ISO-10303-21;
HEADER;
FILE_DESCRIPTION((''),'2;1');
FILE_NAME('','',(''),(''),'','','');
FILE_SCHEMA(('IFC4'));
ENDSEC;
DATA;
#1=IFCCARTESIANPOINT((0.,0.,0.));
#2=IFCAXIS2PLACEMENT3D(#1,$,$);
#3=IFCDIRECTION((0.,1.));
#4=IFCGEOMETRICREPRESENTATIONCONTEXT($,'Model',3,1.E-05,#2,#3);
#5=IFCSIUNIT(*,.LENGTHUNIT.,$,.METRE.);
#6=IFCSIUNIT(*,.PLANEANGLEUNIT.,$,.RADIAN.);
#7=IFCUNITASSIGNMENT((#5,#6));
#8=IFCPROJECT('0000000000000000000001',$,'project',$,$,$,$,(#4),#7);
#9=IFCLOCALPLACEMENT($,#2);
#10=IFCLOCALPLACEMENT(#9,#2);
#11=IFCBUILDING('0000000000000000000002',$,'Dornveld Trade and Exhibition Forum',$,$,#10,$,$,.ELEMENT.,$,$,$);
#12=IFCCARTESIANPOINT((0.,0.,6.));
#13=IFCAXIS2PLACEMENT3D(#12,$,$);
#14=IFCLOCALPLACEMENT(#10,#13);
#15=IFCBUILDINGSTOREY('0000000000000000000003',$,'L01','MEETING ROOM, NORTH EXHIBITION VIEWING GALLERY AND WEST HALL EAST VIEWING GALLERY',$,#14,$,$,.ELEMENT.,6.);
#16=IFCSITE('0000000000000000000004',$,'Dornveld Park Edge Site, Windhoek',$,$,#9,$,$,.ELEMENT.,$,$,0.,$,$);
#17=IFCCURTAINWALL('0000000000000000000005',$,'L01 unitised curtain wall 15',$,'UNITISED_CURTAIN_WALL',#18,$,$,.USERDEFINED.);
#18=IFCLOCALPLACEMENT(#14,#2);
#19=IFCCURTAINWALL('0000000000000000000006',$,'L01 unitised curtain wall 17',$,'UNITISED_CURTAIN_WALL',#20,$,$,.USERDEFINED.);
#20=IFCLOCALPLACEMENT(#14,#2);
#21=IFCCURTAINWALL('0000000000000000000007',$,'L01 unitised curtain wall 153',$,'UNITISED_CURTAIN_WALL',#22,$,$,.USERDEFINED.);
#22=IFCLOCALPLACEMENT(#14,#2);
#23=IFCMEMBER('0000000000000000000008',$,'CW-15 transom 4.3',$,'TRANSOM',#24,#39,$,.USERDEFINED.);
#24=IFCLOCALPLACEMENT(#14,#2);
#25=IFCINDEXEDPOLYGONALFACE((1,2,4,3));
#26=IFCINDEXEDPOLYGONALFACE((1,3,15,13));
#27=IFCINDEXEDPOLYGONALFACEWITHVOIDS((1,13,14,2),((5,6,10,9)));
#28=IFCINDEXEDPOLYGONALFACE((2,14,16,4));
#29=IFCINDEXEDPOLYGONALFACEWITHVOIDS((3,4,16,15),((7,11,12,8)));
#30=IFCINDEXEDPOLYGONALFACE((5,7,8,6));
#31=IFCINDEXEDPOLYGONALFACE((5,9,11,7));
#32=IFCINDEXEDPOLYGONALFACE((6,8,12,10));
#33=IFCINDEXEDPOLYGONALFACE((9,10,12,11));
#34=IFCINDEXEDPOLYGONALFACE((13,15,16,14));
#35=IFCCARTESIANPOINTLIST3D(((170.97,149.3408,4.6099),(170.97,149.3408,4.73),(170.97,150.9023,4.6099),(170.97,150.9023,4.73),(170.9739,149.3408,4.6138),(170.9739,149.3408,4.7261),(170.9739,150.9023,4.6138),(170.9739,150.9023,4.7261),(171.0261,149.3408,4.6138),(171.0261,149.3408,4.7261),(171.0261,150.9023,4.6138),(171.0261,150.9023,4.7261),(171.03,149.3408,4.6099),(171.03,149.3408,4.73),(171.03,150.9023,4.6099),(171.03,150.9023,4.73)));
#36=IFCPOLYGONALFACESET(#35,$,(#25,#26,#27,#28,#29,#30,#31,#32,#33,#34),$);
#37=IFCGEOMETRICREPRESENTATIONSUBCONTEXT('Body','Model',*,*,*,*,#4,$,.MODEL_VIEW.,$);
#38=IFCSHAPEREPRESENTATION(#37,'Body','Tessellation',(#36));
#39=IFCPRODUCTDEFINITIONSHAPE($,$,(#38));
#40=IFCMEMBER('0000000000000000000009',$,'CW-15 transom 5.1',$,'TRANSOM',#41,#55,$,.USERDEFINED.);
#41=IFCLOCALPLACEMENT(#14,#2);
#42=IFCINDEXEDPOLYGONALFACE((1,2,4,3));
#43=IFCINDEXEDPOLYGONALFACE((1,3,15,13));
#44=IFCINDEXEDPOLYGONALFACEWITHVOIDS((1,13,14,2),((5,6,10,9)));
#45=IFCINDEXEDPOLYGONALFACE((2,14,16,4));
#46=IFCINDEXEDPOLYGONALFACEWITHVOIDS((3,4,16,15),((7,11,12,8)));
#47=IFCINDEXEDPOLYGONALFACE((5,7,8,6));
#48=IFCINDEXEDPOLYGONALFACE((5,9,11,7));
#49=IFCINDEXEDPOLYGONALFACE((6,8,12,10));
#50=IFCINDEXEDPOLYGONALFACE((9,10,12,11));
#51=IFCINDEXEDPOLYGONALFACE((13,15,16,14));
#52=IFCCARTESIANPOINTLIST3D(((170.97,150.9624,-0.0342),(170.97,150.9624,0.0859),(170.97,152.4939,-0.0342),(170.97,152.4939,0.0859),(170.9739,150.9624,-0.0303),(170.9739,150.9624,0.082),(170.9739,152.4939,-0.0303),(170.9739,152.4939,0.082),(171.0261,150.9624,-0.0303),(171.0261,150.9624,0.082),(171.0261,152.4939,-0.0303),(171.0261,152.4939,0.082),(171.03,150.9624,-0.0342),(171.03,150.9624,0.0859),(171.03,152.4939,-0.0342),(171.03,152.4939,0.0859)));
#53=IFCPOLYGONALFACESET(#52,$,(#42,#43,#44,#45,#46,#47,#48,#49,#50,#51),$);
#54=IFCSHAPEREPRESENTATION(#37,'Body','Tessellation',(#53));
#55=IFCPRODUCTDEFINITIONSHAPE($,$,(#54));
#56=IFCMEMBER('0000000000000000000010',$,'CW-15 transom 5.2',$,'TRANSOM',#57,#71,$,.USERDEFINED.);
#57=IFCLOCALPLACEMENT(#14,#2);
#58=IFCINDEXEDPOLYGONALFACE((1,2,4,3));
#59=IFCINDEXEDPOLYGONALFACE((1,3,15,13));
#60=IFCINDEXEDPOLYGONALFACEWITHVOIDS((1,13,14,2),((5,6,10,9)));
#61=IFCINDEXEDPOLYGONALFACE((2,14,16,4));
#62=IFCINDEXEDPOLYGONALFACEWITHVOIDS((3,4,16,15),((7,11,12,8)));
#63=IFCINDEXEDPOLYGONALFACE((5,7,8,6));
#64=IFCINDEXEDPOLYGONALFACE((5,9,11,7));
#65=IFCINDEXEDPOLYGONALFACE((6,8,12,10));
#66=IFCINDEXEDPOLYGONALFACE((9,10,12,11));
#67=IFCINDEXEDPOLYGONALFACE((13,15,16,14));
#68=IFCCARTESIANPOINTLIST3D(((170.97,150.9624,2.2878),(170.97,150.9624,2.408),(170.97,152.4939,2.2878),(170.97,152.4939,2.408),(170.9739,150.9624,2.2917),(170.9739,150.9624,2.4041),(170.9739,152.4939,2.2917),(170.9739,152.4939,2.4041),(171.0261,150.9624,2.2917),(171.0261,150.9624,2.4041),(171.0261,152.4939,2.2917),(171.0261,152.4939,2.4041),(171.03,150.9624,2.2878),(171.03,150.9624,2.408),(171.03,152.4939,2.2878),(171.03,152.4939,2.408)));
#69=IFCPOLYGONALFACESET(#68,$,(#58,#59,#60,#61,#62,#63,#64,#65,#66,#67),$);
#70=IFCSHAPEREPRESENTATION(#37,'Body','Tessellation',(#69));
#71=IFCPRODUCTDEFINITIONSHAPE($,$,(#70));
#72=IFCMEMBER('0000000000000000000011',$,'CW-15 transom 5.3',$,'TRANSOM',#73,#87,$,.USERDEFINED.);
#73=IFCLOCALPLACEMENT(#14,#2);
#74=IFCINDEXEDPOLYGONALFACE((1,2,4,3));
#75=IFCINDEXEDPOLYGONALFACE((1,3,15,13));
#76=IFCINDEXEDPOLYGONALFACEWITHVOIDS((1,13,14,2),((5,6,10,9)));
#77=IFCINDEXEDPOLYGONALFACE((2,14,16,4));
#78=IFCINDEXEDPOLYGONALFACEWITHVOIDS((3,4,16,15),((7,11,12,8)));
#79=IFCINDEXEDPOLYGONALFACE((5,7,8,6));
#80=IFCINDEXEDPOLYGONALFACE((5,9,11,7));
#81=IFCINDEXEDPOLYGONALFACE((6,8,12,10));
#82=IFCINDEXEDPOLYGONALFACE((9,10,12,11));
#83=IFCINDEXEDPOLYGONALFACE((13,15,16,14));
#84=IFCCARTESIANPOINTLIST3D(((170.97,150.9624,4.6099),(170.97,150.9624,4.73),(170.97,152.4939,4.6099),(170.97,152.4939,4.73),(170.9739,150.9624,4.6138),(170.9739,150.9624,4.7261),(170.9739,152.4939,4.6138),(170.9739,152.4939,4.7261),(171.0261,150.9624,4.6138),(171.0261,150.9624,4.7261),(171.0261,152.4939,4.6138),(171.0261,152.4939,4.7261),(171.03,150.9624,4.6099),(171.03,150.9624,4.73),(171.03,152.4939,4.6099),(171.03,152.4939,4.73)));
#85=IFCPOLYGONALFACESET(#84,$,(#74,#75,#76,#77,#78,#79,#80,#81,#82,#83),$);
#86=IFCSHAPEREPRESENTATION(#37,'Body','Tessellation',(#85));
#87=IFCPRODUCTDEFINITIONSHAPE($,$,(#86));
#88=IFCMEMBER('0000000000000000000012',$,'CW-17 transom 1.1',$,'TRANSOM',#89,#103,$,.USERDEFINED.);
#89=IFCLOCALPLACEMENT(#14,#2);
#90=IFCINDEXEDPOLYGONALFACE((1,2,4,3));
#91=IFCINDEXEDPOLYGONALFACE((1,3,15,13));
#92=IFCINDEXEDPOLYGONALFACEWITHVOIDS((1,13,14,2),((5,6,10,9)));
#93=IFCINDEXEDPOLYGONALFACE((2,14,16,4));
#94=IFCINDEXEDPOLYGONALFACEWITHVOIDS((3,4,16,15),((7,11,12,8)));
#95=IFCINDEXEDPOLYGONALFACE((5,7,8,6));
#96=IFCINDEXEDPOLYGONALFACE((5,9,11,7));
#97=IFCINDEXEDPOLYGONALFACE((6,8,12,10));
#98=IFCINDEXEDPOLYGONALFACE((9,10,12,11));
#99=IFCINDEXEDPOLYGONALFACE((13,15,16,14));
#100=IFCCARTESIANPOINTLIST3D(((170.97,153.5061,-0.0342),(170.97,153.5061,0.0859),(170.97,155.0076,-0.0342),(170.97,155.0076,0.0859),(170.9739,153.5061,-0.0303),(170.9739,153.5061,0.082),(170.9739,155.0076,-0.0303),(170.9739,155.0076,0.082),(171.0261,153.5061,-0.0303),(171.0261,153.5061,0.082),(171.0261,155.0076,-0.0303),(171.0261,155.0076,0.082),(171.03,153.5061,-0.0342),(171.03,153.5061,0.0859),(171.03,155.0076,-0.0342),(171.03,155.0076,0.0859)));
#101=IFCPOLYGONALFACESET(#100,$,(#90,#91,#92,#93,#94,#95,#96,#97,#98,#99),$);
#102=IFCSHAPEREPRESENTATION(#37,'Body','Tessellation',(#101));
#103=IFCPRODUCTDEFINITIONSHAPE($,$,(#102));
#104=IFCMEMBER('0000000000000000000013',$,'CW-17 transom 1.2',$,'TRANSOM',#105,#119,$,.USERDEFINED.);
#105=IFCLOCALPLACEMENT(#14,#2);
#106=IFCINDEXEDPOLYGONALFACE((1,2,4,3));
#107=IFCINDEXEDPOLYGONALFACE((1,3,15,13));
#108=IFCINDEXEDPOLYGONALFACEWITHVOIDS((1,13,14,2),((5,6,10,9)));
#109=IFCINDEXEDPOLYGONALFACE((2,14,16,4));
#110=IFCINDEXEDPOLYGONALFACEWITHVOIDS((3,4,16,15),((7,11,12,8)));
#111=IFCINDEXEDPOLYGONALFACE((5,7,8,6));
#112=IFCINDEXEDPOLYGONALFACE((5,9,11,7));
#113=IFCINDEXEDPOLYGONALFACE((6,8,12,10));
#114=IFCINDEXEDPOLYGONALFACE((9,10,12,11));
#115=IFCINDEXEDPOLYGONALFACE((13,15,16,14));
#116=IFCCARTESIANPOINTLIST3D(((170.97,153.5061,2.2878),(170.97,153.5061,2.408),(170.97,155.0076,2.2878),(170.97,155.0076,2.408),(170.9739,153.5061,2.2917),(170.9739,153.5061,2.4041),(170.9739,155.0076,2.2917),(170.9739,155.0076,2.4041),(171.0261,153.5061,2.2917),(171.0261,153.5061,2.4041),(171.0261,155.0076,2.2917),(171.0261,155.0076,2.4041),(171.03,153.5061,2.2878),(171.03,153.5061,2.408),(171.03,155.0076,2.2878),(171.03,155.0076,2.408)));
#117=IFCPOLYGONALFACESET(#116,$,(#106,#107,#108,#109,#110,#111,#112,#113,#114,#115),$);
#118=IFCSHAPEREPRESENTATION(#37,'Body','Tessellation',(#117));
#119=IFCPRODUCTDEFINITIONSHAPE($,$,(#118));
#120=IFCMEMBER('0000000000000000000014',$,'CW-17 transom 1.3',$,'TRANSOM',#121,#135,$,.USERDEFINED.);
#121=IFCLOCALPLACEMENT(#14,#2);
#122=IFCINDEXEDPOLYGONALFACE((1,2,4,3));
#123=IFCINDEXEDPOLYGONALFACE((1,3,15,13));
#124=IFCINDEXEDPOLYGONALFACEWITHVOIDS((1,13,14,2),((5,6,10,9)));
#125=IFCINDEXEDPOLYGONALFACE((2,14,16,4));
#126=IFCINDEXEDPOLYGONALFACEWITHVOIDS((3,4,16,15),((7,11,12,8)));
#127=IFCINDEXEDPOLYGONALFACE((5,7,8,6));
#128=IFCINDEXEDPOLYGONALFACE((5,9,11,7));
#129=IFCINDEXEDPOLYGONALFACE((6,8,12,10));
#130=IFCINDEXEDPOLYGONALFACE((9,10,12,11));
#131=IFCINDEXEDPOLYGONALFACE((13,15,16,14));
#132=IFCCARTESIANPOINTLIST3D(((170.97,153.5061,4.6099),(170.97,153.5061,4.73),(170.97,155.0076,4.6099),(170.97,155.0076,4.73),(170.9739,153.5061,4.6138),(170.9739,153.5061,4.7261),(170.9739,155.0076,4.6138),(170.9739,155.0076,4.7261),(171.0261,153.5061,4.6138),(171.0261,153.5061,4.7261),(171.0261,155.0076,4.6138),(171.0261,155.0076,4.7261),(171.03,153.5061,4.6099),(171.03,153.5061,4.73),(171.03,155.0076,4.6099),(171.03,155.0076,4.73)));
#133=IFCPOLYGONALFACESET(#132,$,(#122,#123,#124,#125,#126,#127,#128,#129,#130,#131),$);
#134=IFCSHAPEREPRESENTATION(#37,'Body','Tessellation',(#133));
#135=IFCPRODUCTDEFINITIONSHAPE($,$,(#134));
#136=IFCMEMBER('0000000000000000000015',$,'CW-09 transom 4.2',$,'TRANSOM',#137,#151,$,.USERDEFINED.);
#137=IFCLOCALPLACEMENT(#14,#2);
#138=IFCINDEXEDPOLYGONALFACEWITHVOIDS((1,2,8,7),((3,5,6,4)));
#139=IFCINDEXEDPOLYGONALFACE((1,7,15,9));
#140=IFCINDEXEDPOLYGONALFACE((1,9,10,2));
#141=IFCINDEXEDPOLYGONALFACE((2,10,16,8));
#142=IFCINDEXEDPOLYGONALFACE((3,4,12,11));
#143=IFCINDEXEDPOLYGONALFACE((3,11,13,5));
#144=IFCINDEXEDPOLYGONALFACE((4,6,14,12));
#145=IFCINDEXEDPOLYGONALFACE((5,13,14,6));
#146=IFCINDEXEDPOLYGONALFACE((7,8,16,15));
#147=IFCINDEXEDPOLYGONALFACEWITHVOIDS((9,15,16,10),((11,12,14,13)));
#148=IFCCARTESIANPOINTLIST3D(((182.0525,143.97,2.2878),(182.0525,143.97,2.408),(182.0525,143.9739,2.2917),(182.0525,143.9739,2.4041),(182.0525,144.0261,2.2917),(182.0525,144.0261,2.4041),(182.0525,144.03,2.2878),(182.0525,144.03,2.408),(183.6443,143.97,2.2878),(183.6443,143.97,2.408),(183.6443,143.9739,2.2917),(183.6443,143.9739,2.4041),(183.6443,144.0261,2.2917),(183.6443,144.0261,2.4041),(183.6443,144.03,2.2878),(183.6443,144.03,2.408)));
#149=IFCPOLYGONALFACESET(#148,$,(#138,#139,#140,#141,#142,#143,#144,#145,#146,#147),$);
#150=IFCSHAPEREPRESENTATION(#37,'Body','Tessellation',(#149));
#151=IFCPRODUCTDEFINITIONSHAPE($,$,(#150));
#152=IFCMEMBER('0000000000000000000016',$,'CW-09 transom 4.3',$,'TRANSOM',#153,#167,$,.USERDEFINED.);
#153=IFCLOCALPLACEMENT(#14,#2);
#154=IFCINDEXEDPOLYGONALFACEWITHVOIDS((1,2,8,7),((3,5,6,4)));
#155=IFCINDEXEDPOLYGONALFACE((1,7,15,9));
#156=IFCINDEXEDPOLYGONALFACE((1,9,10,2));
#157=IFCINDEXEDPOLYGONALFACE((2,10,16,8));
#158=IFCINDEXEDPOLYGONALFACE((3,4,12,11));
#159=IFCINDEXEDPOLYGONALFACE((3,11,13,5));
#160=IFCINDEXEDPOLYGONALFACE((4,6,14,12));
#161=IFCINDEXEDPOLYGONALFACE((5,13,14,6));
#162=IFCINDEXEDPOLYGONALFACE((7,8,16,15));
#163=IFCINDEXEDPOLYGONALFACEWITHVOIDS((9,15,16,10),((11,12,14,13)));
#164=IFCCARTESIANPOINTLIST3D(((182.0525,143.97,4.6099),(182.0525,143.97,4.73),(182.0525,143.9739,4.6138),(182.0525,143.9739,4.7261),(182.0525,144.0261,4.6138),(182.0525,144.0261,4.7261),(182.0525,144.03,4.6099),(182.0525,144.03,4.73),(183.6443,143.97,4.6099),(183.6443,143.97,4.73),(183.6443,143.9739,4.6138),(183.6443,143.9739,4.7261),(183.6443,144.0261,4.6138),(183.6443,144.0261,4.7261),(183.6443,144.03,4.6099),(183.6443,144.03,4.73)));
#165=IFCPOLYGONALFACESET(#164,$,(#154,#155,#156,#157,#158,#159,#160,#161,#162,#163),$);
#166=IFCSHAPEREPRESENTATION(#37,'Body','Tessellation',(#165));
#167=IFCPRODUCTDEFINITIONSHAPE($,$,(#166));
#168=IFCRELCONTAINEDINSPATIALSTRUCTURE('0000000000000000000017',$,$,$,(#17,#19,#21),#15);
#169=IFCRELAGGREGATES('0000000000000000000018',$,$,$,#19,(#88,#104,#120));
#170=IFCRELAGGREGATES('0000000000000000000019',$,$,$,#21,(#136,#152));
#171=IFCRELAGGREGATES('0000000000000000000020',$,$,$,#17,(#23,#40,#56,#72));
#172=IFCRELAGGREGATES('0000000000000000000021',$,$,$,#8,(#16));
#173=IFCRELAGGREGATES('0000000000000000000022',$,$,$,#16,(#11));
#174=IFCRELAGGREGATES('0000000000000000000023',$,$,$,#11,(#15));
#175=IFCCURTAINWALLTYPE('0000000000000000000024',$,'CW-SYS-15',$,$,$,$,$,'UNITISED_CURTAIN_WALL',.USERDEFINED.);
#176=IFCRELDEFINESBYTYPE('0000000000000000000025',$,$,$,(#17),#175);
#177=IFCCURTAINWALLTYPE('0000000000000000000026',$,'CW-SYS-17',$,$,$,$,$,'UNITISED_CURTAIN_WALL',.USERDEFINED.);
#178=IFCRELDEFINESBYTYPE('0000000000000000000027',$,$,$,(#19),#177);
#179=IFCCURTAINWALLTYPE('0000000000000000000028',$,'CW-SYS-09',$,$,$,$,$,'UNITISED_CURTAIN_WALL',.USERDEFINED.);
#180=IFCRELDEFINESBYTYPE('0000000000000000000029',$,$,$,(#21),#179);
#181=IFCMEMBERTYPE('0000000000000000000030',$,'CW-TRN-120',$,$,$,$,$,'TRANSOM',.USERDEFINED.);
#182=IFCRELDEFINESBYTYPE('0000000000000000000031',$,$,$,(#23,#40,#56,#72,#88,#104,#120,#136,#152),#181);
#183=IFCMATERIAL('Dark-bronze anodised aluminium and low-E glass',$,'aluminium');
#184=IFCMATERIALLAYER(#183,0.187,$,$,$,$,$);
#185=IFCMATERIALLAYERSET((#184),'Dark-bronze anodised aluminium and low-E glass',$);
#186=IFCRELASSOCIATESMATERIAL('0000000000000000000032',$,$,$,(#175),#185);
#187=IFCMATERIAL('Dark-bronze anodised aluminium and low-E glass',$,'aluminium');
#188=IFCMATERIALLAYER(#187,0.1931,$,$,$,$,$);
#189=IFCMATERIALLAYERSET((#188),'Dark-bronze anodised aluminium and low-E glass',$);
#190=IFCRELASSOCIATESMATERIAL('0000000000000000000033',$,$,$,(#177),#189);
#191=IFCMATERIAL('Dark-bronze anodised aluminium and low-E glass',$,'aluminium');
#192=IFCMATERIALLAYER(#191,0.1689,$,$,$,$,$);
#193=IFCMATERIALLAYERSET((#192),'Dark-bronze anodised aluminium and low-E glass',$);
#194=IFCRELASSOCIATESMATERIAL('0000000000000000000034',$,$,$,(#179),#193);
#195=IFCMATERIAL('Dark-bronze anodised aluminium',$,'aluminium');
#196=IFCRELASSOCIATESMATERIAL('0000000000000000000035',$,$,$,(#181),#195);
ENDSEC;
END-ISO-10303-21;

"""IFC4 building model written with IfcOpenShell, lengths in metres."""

from ifc_helpers import new_model, si_unit, direction, frame, origin, origin_2d, place, context, subcontext, project, spatial, hollow_rectangle, extrude, material, layer, layer_set, material_profile, profile_set, type_object, element, aggregate, save


model = new_model("IFC4")

# Units and contexts
model_context = context("Model", 3, precision=1e-05, world=origin(), true_north=direction((0.0, 1.0)))
body_context = subcontext(model_context, "Body", "Model", "MODEL_VIEW")
ifc_project = project(units=[si_unit("LENGTHUNIT", "METRE"), si_unit("PLANEANGLEUNIT", "RADIAN")], contexts=[model_context])

# Site, building, storey
site_placement = place(None, origin())
site = spatial("IfcSite", under=ifc_project, at=site_placement, Name="Dornveld Park Edge Site, Windhoek", CompositionType="ELEMENT", RefElevation=0.0)
building_placement = place(site_placement, origin())
building = spatial("IfcBuilding", under=site, at=building_placement, Name="Dornveld Trade and Exhibition Forum", CompositionType="ELEMENT")
storey_placement = place(building_placement, frame((0.0, 0.0, 6.0)))
storey = spatial("IfcBuildingStorey", under=building, at=storey_placement, Name="L01", Description="MEETING ROOM, NORTH EXHIBITION VIEWING GALLERY AND WEST HALL EAST VIEWING GALLERY", CompositionType="ELEMENT", Elevation=6.0)

# Curtain wall
ifc_material_1 = material(Name="Dark-bronze anodised aluminium and low-E glass", Category="aluminium")
ifc_layer_1 = layer(ifc_material_1, 0.187)
ifc_layer_set_1 = layer_set([ifc_layer_1], Name="Dark-bronze anodised aluminium and low-E glass")
curtain_wall_type_1 = type_object("IfcCurtainWallType", Name="CW-SYS-15", ElementType="UNITISED_CURTAIN_WALL", PredefinedType="USERDEFINED", material=ifc_layer_set_1)
curtain_wall_1_placement = place(storey_placement, origin())
curtain_wall_1 = element("IfcCurtainWall", 1, at=curtain_wall_1_placement, inside=storey, type_object=curtain_wall_type_1, Name="L01 unitised curtain wall 15", ObjectType="UNITISED_CURTAIN_WALL", PredefinedType="USERDEFINED")

# Curtain walls
ifc_material_2 = material(Name="Dark-bronze anodised aluminium and low-E glass", Category="aluminium")
ifc_layer_2 = layer(ifc_material_2, 0.1931)
ifc_layer_set_2 = layer_set([ifc_layer_2], Name="Dark-bronze anodised aluminium and low-E glass")
curtain_wall_type_2 = type_object("IfcCurtainWallType", Name="CW-SYS-17", ElementType="UNITISED_CURTAIN_WALL", PredefinedType="USERDEFINED", material=ifc_layer_set_2)
curtain_wall_2_placement = place(storey_placement, origin())
curtain_wall_2 = element("IfcCurtainWall", 2, at=curtain_wall_2_placement, inside=storey, type_object=curtain_wall_type_2, Name="L01 unitised curtain wall 17", ObjectType="UNITISED_CURTAIN_WALL", PredefinedType="USERDEFINED")
ifc_material_3 = material(Name="Dark-bronze anodised aluminium and low-E glass", Category="aluminium")
ifc_layer_3 = layer(ifc_material_3, 0.1689)
ifc_layer_set_3 = layer_set([ifc_layer_3], Name="Dark-bronze anodised aluminium and low-E glass")
curtain_wall_type_3 = type_object("IfcCurtainWallType", Name="CW-SYS-09", ElementType="UNITISED_CURTAIN_WALL", PredefinedType="USERDEFINED", material=ifc_layer_set_3)
curtain_wall_3_placement = place(storey_placement, origin())
curtain_wall_3 = element("IfcCurtainWall", 3, at=curtain_wall_3_placement, inside=storey, type_object=curtain_wall_type_3, Name="L01 unitised curtain wall 153", ObjectType="UNITISED_CURTAIN_WALL", PredefinedType="USERDEFINED")

# Members
ifc_material_4 = material(Name="Dark-bronze anodised aluminium", Category="aluminium")
ifc_material_profile_1 = material_profile(ifc_material_4, hollow_rectangle(XDim=0.0601, YDim=0.1201, WallThickness=0.0039, at=origin_2d()), Name="RHS 120x60x4")
ifc_profile_set_1 = profile_set([ifc_material_profile_1], Name="Dark-bronze anodised aluminium")
member_type_1 = type_object("IfcMemberType", Name="CW-TRN-120", ElementType="TRANSOM", PredefinedType="USERDEFINED", material=ifc_profile_set_1)
member_1_placement = place(storey_placement, frame((171.0, 149.3408, 4.6699), z_axis=(0.0, 1.0, 0.0), x_axis=(-1.0, 0.0, 0.0)))
member_1 = element("IfcMember", 4, at=member_1_placement, type_object=member_type_1, Name="CW-15 transom 4.3", ObjectType="TRANSOM", PredefinedType="USERDEFINED", context=body_context, shape_type="SweptSolid", body=[
    extrude(hollow_rectangle(XDim=0.0601, YDim=0.1201, WallThickness=0.0039, at=origin_2d()), origin(), (0.0, 0.0, 1.0), 1.5615),
])
member_2_placement = place(storey_placement, frame((171.0, 150.9624, 0.0259), z_axis=(0.0, 1.0, 0.0), x_axis=(-1.0, 0.0, 0.0)))
member_2 = element("IfcMember", 5, at=member_2_placement, type_object=member_type_1, Name="CW-15 transom 5.1", ObjectType="TRANSOM", PredefinedType="USERDEFINED", context=body_context, shape_type="SweptSolid", body=[
    extrude(hollow_rectangle(XDim=0.0601, YDim=0.1201, WallThickness=0.0039, at=origin_2d()), origin(), (0.0, 0.0, 1.0), 1.5315),
])
member_3_placement = place(storey_placement, frame((171.0, 150.9624, 2.3479), z_axis=(0.0, 1.0, 0.0), x_axis=(-1.0, 0.0, 0.0)))
member_3 = element("IfcMember", 6, at=member_3_placement, type_object=member_type_1, Name="CW-15 transom 5.2", ObjectType="TRANSOM", PredefinedType="USERDEFINED", context=body_context, shape_type="SweptSolid", body=[
    extrude(hollow_rectangle(XDim=0.0601, YDim=0.1201, WallThickness=0.0039, at=origin_2d()), origin(), (0.0, 0.0, 1.0), 1.5315),
])
member_4_placement = place(storey_placement, frame((171.0, 150.9624, 4.6699), z_axis=(0.0, 1.0, 0.0), x_axis=(-1.0, 0.0, 0.0)))
member_4 = element("IfcMember", 7, at=member_4_placement, type_object=member_type_1, Name="CW-15 transom 5.3", ObjectType="TRANSOM", PredefinedType="USERDEFINED", context=body_context, shape_type="SweptSolid", body=[
    extrude(hollow_rectangle(XDim=0.0601, YDim=0.1201, WallThickness=0.0039, at=origin_2d()), origin(), (0.0, 0.0, 1.0), 1.5315),
])
member_5_placement = place(storey_placement, frame((171.0, 153.5061, 0.0259), z_axis=(0.0, 1.0, 0.0), x_axis=(-1.0, 0.0, 0.0)))
member_5 = element("IfcMember", 8, at=member_5_placement, type_object=member_type_1, Name="CW-17 transom 1.1", ObjectType="TRANSOM", PredefinedType="USERDEFINED", context=body_context, shape_type="SweptSolid", body=[
    extrude(hollow_rectangle(XDim=0.0601, YDim=0.1201, WallThickness=0.0039, at=origin_2d()), origin(), (0.0, 0.0, 1.0), 1.5015),
])
member_6_placement = place(storey_placement, frame((171.0, 153.5061, 2.3479), z_axis=(0.0, 1.0, 0.0), x_axis=(-1.0, 0.0, 0.0)))
member_6 = element("IfcMember", 9, at=member_6_placement, type_object=member_type_1, Name="CW-17 transom 1.2", ObjectType="TRANSOM", PredefinedType="USERDEFINED", context=body_context, shape_type="SweptSolid", body=[
    extrude(hollow_rectangle(XDim=0.0601, YDim=0.1201, WallThickness=0.0039, at=origin_2d()), origin(), (0.0, 0.0, 1.0), 1.5015),
])
member_7_placement = place(storey_placement, frame((171.0, 153.5061, 4.6699), z_axis=(0.0, 1.0, 0.0), x_axis=(-1.0, 0.0, 0.0)))
member_7 = element("IfcMember", 10, at=member_7_placement, type_object=member_type_1, Name="CW-17 transom 1.3", ObjectType="TRANSOM", PredefinedType="USERDEFINED", context=body_context, shape_type="SweptSolid", body=[
    extrude(hollow_rectangle(XDim=0.0601, YDim=0.1201, WallThickness=0.0039, at=origin_2d()), origin(), (0.0, 0.0, 1.0), 1.5015),
])
aggregate(curtain_wall_2, [member_5, member_6, member_7])
member_8_placement = place(storey_placement, frame((183.6443, 144.0, 2.3479), z_axis=(-1.0, 0.0, 0.0), x_axis=(0.0, -1.0, 0.0)))
member_8 = element("IfcMember", 11, at=member_8_placement, type_object=member_type_1, Name="CW-09 transom 4.2", ObjectType="TRANSOM", PredefinedType="USERDEFINED", context=body_context, shape_type="SweptSolid", body=[
    extrude(hollow_rectangle(XDim=0.0601, YDim=0.1201, WallThickness=0.0039, at=origin_2d()), origin(), (0.0, 0.0, 1.0), 1.5918),
])
member_9_placement = place(storey_placement, frame((183.6443, 144.0, 4.6699), z_axis=(-1.0, 0.0, 0.0), x_axis=(0.0, -1.0, 0.0)))
member_9 = element("IfcMember", 12, at=member_9_placement, type_object=member_type_1, Name="CW-09 transom 4.3", ObjectType="TRANSOM", PredefinedType="USERDEFINED", context=body_context, shape_type="SweptSolid", body=[
    extrude(hollow_rectangle(XDim=0.0601, YDim=0.1201, WallThickness=0.0039, at=origin_2d()), origin(), (0.0, 0.0, 1.0), 1.5918),
])
aggregate(curtain_wall_3, [member_8, member_9])

aggregate(curtain_wall_1, [member_1, member_2, member_3, member_4])

save(model, "model.ifc")
